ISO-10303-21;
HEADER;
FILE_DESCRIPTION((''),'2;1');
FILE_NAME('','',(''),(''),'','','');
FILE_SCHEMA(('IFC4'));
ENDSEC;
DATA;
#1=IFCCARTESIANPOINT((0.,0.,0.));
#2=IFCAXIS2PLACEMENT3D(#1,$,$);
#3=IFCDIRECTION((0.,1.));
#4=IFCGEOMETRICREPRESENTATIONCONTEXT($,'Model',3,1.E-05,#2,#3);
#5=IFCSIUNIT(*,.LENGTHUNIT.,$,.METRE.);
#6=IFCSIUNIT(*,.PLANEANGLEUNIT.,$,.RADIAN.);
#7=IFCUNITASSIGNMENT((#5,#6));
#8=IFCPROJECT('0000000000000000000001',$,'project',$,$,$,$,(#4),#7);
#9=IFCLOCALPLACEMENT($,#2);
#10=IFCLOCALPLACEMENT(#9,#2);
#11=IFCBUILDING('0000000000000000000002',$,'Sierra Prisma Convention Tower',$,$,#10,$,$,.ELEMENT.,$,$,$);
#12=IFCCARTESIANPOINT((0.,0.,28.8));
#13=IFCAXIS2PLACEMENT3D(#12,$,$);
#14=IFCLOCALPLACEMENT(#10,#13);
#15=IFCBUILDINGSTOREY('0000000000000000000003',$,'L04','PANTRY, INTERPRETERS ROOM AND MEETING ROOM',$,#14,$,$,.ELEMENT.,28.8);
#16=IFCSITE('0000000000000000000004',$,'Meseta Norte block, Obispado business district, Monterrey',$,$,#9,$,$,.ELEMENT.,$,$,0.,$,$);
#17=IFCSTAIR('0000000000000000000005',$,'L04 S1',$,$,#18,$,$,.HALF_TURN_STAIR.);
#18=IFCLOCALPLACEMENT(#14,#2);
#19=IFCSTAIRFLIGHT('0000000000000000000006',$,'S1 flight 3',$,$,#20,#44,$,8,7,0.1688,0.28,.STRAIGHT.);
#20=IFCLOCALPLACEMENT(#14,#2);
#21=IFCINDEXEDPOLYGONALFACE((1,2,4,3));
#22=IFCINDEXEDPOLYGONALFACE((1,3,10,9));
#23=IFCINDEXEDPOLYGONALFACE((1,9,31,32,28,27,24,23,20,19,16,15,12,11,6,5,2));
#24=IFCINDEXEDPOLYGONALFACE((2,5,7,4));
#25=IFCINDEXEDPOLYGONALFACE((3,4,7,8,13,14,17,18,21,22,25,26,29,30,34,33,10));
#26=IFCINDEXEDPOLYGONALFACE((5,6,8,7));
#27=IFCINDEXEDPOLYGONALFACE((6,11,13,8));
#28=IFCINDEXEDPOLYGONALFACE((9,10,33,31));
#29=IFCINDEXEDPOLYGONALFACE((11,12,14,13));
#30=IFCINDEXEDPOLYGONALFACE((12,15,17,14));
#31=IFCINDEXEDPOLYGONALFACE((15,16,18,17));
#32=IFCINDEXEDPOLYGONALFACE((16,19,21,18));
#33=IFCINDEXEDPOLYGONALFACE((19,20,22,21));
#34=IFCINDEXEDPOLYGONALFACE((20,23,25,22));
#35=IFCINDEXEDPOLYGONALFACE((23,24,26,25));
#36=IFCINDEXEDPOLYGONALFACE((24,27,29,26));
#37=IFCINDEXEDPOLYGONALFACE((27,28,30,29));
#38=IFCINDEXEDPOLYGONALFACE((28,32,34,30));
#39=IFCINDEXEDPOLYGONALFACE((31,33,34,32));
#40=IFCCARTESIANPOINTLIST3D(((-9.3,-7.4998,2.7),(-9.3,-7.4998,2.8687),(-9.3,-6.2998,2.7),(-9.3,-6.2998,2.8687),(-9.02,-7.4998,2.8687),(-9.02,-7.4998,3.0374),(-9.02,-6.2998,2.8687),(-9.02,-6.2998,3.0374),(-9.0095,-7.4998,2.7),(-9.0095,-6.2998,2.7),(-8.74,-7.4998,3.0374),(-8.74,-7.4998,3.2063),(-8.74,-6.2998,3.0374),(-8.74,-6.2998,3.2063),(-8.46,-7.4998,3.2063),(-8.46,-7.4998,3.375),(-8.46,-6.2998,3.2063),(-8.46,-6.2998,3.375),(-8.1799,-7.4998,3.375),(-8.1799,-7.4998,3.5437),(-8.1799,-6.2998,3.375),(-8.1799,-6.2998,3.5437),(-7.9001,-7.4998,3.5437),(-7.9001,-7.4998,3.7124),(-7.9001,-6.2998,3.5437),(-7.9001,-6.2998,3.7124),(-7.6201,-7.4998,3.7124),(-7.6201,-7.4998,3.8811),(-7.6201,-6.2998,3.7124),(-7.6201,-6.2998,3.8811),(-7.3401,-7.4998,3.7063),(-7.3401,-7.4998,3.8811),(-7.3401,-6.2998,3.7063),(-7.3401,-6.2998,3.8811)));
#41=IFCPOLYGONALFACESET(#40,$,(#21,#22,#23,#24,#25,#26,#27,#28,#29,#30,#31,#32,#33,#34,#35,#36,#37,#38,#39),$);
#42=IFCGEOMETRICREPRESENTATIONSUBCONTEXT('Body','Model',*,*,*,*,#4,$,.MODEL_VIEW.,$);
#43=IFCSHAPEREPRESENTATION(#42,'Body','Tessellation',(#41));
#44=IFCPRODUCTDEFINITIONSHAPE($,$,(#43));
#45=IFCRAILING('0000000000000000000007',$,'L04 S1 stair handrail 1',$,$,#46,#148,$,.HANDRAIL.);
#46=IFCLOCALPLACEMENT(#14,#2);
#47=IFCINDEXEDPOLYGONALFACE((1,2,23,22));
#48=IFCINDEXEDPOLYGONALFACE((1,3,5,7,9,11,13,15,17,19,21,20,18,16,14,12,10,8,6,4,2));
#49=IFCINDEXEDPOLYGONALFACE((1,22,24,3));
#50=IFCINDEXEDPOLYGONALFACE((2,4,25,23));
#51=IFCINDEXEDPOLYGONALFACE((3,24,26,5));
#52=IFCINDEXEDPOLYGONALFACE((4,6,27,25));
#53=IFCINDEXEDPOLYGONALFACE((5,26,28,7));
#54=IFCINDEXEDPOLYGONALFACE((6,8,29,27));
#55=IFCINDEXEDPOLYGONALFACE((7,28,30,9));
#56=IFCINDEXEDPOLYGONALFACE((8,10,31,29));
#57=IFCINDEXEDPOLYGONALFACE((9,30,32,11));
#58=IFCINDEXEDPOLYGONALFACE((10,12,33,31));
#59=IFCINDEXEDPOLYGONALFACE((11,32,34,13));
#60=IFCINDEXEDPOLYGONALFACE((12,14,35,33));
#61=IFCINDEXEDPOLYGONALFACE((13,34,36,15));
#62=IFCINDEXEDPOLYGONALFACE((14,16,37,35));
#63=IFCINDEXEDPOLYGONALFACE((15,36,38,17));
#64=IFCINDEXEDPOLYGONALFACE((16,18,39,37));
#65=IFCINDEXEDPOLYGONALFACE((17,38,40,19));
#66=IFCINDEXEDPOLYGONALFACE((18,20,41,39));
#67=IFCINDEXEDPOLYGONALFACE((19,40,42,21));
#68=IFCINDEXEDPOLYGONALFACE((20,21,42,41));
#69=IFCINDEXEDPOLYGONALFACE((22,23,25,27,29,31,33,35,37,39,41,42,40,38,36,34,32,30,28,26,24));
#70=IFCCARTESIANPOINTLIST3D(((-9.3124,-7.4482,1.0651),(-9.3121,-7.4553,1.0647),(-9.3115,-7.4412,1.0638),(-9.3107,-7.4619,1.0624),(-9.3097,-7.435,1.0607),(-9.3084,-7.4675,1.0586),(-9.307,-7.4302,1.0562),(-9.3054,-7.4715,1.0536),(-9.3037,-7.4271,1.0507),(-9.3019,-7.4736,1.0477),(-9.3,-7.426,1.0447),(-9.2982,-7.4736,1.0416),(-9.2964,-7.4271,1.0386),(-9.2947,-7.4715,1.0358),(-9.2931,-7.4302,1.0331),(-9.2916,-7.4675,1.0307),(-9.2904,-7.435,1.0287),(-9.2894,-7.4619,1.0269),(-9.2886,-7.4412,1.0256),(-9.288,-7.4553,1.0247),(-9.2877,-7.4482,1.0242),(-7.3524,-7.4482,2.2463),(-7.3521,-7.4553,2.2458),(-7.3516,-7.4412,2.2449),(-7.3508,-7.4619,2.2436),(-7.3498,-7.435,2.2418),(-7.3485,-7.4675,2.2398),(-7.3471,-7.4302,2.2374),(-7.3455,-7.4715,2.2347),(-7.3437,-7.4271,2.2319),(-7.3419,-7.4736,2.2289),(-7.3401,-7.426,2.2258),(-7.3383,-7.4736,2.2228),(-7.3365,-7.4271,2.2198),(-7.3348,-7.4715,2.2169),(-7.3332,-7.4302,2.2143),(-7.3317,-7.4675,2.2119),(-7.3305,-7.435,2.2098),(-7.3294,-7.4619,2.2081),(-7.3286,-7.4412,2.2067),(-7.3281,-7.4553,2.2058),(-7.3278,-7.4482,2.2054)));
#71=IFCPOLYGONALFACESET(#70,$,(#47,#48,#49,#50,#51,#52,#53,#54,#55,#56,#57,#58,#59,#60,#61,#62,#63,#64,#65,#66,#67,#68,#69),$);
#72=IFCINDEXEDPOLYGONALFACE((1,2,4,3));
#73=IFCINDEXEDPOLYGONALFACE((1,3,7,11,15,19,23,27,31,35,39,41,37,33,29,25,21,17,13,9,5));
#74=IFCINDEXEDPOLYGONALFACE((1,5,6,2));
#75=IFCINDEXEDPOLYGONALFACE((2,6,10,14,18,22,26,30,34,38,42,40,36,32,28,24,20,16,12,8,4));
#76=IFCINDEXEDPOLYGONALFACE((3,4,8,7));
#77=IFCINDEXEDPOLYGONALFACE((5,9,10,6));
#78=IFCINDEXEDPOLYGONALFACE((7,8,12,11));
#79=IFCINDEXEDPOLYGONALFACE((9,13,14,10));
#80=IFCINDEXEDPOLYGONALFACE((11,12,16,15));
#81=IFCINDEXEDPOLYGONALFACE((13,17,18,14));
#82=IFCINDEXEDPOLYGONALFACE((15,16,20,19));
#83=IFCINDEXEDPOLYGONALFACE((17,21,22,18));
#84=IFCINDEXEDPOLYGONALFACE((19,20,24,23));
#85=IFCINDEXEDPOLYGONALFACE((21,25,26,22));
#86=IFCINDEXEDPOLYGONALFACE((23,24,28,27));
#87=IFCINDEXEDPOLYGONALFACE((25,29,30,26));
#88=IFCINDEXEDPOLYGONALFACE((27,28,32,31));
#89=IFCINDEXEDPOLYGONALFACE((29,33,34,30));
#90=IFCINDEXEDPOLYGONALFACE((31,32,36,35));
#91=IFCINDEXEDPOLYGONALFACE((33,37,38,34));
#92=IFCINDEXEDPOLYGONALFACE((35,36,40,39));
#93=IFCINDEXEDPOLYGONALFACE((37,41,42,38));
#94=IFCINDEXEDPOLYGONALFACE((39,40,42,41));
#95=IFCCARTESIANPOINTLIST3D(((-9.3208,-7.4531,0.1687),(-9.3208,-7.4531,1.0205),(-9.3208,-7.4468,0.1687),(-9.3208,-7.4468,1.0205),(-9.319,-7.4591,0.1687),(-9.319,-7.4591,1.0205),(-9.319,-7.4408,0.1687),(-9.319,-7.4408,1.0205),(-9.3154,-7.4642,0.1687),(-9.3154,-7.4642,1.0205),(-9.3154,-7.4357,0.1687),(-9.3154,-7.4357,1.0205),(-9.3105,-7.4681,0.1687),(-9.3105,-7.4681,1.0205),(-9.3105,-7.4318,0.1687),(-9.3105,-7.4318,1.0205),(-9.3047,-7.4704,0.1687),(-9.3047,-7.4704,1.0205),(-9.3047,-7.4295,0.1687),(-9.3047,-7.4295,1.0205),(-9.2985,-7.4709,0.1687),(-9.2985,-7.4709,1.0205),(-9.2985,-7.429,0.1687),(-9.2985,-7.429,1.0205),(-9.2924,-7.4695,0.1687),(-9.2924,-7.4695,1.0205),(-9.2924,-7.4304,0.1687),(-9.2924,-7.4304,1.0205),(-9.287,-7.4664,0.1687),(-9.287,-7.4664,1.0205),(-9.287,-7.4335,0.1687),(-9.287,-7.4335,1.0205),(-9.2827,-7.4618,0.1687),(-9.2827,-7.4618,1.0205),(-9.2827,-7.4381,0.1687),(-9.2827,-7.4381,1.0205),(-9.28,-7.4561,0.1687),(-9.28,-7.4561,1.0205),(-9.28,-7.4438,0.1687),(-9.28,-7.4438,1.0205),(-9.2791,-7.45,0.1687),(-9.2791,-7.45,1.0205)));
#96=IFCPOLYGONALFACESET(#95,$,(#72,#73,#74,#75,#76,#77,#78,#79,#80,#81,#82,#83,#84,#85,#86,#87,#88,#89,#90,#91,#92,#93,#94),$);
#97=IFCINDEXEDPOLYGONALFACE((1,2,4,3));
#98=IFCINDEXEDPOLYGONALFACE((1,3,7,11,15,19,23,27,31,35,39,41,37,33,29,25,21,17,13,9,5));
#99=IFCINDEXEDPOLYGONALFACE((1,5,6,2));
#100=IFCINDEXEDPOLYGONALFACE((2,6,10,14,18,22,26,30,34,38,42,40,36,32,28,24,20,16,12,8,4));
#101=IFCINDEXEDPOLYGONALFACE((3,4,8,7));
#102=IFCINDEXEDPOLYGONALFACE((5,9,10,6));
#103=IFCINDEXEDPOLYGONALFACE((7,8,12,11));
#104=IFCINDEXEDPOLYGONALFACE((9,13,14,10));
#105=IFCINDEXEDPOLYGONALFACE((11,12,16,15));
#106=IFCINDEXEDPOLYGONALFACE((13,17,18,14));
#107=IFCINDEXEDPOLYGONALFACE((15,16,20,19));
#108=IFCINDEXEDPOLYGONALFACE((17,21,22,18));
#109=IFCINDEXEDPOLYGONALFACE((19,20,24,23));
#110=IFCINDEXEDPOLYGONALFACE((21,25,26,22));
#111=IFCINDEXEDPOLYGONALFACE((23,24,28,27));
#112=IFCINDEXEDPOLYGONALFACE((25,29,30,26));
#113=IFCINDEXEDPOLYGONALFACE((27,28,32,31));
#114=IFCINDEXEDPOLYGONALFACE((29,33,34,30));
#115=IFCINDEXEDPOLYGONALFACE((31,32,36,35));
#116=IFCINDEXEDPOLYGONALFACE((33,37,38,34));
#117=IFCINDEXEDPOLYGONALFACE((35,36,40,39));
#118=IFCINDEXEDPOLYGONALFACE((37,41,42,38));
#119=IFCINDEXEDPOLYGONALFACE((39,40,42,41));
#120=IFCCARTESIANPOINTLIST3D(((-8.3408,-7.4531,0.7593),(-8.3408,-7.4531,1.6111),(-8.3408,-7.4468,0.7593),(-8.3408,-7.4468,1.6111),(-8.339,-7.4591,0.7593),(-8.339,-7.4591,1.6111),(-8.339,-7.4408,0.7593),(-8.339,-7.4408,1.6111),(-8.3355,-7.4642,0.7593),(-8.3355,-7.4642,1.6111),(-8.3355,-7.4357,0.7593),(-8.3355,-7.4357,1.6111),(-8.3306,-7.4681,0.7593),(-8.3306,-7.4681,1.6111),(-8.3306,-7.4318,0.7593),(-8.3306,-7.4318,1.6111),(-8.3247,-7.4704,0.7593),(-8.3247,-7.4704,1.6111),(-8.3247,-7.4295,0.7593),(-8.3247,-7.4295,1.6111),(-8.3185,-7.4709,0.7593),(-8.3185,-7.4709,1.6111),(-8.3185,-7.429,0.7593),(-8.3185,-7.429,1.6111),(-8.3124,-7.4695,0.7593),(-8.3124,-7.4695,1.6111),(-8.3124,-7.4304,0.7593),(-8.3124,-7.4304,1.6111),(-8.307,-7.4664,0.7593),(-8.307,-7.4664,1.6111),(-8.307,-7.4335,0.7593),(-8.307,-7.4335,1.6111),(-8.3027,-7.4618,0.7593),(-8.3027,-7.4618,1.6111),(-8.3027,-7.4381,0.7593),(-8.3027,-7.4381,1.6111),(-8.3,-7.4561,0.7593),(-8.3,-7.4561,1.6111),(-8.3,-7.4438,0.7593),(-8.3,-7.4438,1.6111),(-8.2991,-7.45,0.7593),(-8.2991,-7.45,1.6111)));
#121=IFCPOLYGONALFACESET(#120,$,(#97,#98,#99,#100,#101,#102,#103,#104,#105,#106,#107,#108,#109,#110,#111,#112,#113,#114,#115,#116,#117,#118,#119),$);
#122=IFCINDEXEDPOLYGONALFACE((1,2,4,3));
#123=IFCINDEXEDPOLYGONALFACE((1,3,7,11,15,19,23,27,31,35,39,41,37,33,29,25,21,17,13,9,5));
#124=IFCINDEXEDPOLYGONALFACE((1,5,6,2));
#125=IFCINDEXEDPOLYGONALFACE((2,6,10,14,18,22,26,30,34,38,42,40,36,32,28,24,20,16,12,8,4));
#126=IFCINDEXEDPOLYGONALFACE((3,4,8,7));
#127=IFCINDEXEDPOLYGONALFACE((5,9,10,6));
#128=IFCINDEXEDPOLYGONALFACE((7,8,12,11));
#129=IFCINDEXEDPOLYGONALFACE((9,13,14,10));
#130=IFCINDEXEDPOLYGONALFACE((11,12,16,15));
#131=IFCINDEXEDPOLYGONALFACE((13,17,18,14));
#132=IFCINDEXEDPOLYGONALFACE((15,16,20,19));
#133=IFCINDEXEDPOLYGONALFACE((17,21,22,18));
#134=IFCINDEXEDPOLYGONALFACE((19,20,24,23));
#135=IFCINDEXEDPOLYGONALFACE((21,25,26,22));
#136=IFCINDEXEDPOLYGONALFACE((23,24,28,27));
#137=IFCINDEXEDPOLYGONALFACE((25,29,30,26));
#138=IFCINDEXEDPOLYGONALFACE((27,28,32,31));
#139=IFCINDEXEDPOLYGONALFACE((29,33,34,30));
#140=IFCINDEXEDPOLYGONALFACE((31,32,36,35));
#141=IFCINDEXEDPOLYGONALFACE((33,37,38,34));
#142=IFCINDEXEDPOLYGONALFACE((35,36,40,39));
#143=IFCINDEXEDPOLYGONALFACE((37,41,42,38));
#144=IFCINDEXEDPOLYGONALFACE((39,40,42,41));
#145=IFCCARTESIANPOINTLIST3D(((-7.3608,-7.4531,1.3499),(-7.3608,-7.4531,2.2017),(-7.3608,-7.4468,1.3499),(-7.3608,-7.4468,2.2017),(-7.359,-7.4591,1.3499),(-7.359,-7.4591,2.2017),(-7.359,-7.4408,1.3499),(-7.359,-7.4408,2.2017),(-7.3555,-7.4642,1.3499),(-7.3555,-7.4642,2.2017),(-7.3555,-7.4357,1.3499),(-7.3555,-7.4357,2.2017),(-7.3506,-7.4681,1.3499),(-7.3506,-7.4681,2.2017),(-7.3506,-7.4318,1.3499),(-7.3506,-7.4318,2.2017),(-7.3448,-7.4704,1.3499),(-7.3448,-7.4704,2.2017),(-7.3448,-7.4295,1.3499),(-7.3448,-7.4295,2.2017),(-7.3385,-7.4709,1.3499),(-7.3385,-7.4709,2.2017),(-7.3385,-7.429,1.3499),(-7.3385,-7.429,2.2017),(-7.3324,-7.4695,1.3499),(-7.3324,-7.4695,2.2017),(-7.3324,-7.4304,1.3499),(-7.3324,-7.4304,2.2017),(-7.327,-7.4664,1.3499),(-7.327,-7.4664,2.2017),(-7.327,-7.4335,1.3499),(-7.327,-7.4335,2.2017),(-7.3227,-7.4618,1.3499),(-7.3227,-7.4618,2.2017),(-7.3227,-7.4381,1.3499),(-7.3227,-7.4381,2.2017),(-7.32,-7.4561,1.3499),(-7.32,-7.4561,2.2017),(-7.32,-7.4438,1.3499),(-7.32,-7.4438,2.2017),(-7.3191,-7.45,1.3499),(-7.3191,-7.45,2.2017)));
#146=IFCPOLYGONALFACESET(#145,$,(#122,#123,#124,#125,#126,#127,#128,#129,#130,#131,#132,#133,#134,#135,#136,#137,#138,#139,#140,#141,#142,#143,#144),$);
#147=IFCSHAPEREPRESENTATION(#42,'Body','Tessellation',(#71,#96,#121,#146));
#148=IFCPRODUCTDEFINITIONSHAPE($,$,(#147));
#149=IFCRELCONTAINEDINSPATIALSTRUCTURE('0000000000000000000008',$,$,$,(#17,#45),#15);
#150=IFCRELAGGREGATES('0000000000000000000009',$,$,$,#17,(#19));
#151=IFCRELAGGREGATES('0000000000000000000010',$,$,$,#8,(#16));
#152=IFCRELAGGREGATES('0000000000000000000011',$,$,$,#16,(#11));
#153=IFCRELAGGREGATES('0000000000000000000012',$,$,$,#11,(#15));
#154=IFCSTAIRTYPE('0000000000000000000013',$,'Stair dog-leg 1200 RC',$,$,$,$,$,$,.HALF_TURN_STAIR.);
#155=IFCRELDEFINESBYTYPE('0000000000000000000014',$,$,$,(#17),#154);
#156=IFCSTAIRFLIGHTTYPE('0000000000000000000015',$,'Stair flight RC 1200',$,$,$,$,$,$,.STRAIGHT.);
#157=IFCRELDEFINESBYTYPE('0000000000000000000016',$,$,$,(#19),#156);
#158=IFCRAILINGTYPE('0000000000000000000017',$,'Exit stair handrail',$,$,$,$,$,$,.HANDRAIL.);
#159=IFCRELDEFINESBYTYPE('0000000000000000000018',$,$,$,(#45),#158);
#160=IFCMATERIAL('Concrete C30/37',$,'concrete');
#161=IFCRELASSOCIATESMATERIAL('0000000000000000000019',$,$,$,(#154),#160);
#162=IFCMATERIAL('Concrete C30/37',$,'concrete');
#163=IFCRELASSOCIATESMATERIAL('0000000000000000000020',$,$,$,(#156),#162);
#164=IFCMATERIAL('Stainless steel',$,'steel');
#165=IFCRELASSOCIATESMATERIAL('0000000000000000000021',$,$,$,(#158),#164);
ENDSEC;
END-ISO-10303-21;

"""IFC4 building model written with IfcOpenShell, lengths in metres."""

from ifc_helpers import new_model, si_unit, direction, frame, origin, origin_2d, place, context, subcontext, project, spatial, polyline, circle, outline, extrude, material, type_object, element, aggregate, save


model = new_model("IFC4")

# Units and contexts
model_context = context("Model", 3, precision=1e-05, world=origin(), true_north=direction((0.0, 1.0)))
body_context = subcontext(model_context, "Body", "Model", "MODEL_VIEW")
ifc_project = project(units=[si_unit("LENGTHUNIT", "METRE"), si_unit("PLANEANGLEUNIT", "RADIAN")], contexts=[model_context])

# Site, building, storey
site_placement = place(None, origin())
site = spatial("IfcSite", under=ifc_project, at=site_placement, Name="Meseta Norte block, Obispado business district, Monterrey", CompositionType="ELEMENT", RefElevation=0.0)
building_placement = place(site_placement, origin())
building = spatial("IfcBuilding", under=site, at=building_placement, Name="Sierra Prisma Convention Tower", CompositionType="ELEMENT")
storey_placement = place(building_placement, frame((0.0, 0.0, 28.8)))
storey = spatial("IfcBuildingStorey", under=building, at=storey_placement, Name="L04", Description="PANTRY, INTERPRETERS ROOM AND MEETING ROOM", CompositionType="ELEMENT", Elevation=28.8)

# Stair, stair flight
ifc_material_1 = material(Name="Concrete C30/37", Category="concrete")
stair_type = type_object("IfcStairType", Name="Stair dog-leg 1200 RC", PredefinedType="HALF_TURN_STAIR", material=ifc_material_1)
stair_placement = place(storey_placement, origin())
stair = element("IfcStair", 1, at=stair_placement, inside=storey, type_object=stair_type, Name="L04 S1", PredefinedType="HALF_TURN_STAIR")
ifc_material_2 = material(Name="Concrete C30/37", Category="concrete")
stair_flight_type = type_object("IfcStairFlightType", Name="Stair flight RC 1200", PredefinedType="STRAIGHT", material=ifc_material_2)
stair_flight_1_placement = place(storey_placement, frame((-9.3, -6.8999, 2.7), z_axis=(0.0, 0.0, 1.0), x_axis=(1.0, 0.0, 0.0)))
stair_flight_1 = element("IfcStairFlight", 2, at=stair_flight_1_placement, type_object=stair_flight_type, Name="S1 flight 3", NumberOfRisers=8, NumberOfTreads=7, PredefinedType="STRAIGHT", RiserHeight=0.1688, TreadLength=0.28, context=body_context, shape_type="SweptSolid", body=[
    extrude(outline(polyline([(0.0, 0.0), (0.0, 0.1687), (0.28, 0.1687), (0.28, 0.3374), (0.5601, 0.3374), (0.5601, 0.5063), (0.8401, 0.5063), (0.8401, 0.675), (1.1201, 0.675), (1.1201, 0.8438), (1.3999, 0.8438), (1.3999, 1.0125), (1.6799, 1.0125), (1.6799, 1.1812), (1.96, 1.1812), (1.96, 1.3501), (1.96, 1.0063), (0.2905, 0.0), (0.0, 0.0)])), frame((0.0, 0.6001, 0.0), z_axis=(0.0, -1.0, 0.0), x_axis=(1.0, 0.0, 0.0)), (0.0, 0.0, 1.0), 1.2),
])
aggregate(stair, [stair_flight_1])

# Railing
ifc_material_3 = material(Name="Stainless steel", Category="steel")
railing_type_1 = type_object("IfcRailingType", Name="Exit stair handrail", PredefinedType="HANDRAIL", material=ifc_material_3)
railing_1_placement = place(storey_placement, frame((-9.3, -7.45, 0.1687)))
element("IfcRailing", 3, at=railing_1_placement, inside=storey, type_object=railing_type_1, Name="L04 S1 stair handrail 1", PredefinedType="HANDRAIL", context=body_context, shape_type="SweptSolid", body=[
    extrude(circle(Radius=0.0239, at=origin_2d()), frame((0.0, 0.0, 0.876), z_axis=(0.856493, 0.0, 0.516158), x_axis=(0.0, 1.0, 0.0)), (0.0, 0.0, 1.0), 2.2883),
    extrude(circle(Radius=0.021, at=origin_2d()), origin(), (0.0, 0.0, 1.0), 0.8518),
    extrude(circle(Radius=0.021, at=origin_2d()), frame((0.98, 0.0, 0.5906)), (0.0, 0.0, 1.0), 0.8518),
    extrude(circle(Radius=0.021, at=origin_2d()), frame((1.96, 0.0, 1.1812)), (0.0, 0.0, 1.0), 0.8518),
])

save(model, "model.ifc")
